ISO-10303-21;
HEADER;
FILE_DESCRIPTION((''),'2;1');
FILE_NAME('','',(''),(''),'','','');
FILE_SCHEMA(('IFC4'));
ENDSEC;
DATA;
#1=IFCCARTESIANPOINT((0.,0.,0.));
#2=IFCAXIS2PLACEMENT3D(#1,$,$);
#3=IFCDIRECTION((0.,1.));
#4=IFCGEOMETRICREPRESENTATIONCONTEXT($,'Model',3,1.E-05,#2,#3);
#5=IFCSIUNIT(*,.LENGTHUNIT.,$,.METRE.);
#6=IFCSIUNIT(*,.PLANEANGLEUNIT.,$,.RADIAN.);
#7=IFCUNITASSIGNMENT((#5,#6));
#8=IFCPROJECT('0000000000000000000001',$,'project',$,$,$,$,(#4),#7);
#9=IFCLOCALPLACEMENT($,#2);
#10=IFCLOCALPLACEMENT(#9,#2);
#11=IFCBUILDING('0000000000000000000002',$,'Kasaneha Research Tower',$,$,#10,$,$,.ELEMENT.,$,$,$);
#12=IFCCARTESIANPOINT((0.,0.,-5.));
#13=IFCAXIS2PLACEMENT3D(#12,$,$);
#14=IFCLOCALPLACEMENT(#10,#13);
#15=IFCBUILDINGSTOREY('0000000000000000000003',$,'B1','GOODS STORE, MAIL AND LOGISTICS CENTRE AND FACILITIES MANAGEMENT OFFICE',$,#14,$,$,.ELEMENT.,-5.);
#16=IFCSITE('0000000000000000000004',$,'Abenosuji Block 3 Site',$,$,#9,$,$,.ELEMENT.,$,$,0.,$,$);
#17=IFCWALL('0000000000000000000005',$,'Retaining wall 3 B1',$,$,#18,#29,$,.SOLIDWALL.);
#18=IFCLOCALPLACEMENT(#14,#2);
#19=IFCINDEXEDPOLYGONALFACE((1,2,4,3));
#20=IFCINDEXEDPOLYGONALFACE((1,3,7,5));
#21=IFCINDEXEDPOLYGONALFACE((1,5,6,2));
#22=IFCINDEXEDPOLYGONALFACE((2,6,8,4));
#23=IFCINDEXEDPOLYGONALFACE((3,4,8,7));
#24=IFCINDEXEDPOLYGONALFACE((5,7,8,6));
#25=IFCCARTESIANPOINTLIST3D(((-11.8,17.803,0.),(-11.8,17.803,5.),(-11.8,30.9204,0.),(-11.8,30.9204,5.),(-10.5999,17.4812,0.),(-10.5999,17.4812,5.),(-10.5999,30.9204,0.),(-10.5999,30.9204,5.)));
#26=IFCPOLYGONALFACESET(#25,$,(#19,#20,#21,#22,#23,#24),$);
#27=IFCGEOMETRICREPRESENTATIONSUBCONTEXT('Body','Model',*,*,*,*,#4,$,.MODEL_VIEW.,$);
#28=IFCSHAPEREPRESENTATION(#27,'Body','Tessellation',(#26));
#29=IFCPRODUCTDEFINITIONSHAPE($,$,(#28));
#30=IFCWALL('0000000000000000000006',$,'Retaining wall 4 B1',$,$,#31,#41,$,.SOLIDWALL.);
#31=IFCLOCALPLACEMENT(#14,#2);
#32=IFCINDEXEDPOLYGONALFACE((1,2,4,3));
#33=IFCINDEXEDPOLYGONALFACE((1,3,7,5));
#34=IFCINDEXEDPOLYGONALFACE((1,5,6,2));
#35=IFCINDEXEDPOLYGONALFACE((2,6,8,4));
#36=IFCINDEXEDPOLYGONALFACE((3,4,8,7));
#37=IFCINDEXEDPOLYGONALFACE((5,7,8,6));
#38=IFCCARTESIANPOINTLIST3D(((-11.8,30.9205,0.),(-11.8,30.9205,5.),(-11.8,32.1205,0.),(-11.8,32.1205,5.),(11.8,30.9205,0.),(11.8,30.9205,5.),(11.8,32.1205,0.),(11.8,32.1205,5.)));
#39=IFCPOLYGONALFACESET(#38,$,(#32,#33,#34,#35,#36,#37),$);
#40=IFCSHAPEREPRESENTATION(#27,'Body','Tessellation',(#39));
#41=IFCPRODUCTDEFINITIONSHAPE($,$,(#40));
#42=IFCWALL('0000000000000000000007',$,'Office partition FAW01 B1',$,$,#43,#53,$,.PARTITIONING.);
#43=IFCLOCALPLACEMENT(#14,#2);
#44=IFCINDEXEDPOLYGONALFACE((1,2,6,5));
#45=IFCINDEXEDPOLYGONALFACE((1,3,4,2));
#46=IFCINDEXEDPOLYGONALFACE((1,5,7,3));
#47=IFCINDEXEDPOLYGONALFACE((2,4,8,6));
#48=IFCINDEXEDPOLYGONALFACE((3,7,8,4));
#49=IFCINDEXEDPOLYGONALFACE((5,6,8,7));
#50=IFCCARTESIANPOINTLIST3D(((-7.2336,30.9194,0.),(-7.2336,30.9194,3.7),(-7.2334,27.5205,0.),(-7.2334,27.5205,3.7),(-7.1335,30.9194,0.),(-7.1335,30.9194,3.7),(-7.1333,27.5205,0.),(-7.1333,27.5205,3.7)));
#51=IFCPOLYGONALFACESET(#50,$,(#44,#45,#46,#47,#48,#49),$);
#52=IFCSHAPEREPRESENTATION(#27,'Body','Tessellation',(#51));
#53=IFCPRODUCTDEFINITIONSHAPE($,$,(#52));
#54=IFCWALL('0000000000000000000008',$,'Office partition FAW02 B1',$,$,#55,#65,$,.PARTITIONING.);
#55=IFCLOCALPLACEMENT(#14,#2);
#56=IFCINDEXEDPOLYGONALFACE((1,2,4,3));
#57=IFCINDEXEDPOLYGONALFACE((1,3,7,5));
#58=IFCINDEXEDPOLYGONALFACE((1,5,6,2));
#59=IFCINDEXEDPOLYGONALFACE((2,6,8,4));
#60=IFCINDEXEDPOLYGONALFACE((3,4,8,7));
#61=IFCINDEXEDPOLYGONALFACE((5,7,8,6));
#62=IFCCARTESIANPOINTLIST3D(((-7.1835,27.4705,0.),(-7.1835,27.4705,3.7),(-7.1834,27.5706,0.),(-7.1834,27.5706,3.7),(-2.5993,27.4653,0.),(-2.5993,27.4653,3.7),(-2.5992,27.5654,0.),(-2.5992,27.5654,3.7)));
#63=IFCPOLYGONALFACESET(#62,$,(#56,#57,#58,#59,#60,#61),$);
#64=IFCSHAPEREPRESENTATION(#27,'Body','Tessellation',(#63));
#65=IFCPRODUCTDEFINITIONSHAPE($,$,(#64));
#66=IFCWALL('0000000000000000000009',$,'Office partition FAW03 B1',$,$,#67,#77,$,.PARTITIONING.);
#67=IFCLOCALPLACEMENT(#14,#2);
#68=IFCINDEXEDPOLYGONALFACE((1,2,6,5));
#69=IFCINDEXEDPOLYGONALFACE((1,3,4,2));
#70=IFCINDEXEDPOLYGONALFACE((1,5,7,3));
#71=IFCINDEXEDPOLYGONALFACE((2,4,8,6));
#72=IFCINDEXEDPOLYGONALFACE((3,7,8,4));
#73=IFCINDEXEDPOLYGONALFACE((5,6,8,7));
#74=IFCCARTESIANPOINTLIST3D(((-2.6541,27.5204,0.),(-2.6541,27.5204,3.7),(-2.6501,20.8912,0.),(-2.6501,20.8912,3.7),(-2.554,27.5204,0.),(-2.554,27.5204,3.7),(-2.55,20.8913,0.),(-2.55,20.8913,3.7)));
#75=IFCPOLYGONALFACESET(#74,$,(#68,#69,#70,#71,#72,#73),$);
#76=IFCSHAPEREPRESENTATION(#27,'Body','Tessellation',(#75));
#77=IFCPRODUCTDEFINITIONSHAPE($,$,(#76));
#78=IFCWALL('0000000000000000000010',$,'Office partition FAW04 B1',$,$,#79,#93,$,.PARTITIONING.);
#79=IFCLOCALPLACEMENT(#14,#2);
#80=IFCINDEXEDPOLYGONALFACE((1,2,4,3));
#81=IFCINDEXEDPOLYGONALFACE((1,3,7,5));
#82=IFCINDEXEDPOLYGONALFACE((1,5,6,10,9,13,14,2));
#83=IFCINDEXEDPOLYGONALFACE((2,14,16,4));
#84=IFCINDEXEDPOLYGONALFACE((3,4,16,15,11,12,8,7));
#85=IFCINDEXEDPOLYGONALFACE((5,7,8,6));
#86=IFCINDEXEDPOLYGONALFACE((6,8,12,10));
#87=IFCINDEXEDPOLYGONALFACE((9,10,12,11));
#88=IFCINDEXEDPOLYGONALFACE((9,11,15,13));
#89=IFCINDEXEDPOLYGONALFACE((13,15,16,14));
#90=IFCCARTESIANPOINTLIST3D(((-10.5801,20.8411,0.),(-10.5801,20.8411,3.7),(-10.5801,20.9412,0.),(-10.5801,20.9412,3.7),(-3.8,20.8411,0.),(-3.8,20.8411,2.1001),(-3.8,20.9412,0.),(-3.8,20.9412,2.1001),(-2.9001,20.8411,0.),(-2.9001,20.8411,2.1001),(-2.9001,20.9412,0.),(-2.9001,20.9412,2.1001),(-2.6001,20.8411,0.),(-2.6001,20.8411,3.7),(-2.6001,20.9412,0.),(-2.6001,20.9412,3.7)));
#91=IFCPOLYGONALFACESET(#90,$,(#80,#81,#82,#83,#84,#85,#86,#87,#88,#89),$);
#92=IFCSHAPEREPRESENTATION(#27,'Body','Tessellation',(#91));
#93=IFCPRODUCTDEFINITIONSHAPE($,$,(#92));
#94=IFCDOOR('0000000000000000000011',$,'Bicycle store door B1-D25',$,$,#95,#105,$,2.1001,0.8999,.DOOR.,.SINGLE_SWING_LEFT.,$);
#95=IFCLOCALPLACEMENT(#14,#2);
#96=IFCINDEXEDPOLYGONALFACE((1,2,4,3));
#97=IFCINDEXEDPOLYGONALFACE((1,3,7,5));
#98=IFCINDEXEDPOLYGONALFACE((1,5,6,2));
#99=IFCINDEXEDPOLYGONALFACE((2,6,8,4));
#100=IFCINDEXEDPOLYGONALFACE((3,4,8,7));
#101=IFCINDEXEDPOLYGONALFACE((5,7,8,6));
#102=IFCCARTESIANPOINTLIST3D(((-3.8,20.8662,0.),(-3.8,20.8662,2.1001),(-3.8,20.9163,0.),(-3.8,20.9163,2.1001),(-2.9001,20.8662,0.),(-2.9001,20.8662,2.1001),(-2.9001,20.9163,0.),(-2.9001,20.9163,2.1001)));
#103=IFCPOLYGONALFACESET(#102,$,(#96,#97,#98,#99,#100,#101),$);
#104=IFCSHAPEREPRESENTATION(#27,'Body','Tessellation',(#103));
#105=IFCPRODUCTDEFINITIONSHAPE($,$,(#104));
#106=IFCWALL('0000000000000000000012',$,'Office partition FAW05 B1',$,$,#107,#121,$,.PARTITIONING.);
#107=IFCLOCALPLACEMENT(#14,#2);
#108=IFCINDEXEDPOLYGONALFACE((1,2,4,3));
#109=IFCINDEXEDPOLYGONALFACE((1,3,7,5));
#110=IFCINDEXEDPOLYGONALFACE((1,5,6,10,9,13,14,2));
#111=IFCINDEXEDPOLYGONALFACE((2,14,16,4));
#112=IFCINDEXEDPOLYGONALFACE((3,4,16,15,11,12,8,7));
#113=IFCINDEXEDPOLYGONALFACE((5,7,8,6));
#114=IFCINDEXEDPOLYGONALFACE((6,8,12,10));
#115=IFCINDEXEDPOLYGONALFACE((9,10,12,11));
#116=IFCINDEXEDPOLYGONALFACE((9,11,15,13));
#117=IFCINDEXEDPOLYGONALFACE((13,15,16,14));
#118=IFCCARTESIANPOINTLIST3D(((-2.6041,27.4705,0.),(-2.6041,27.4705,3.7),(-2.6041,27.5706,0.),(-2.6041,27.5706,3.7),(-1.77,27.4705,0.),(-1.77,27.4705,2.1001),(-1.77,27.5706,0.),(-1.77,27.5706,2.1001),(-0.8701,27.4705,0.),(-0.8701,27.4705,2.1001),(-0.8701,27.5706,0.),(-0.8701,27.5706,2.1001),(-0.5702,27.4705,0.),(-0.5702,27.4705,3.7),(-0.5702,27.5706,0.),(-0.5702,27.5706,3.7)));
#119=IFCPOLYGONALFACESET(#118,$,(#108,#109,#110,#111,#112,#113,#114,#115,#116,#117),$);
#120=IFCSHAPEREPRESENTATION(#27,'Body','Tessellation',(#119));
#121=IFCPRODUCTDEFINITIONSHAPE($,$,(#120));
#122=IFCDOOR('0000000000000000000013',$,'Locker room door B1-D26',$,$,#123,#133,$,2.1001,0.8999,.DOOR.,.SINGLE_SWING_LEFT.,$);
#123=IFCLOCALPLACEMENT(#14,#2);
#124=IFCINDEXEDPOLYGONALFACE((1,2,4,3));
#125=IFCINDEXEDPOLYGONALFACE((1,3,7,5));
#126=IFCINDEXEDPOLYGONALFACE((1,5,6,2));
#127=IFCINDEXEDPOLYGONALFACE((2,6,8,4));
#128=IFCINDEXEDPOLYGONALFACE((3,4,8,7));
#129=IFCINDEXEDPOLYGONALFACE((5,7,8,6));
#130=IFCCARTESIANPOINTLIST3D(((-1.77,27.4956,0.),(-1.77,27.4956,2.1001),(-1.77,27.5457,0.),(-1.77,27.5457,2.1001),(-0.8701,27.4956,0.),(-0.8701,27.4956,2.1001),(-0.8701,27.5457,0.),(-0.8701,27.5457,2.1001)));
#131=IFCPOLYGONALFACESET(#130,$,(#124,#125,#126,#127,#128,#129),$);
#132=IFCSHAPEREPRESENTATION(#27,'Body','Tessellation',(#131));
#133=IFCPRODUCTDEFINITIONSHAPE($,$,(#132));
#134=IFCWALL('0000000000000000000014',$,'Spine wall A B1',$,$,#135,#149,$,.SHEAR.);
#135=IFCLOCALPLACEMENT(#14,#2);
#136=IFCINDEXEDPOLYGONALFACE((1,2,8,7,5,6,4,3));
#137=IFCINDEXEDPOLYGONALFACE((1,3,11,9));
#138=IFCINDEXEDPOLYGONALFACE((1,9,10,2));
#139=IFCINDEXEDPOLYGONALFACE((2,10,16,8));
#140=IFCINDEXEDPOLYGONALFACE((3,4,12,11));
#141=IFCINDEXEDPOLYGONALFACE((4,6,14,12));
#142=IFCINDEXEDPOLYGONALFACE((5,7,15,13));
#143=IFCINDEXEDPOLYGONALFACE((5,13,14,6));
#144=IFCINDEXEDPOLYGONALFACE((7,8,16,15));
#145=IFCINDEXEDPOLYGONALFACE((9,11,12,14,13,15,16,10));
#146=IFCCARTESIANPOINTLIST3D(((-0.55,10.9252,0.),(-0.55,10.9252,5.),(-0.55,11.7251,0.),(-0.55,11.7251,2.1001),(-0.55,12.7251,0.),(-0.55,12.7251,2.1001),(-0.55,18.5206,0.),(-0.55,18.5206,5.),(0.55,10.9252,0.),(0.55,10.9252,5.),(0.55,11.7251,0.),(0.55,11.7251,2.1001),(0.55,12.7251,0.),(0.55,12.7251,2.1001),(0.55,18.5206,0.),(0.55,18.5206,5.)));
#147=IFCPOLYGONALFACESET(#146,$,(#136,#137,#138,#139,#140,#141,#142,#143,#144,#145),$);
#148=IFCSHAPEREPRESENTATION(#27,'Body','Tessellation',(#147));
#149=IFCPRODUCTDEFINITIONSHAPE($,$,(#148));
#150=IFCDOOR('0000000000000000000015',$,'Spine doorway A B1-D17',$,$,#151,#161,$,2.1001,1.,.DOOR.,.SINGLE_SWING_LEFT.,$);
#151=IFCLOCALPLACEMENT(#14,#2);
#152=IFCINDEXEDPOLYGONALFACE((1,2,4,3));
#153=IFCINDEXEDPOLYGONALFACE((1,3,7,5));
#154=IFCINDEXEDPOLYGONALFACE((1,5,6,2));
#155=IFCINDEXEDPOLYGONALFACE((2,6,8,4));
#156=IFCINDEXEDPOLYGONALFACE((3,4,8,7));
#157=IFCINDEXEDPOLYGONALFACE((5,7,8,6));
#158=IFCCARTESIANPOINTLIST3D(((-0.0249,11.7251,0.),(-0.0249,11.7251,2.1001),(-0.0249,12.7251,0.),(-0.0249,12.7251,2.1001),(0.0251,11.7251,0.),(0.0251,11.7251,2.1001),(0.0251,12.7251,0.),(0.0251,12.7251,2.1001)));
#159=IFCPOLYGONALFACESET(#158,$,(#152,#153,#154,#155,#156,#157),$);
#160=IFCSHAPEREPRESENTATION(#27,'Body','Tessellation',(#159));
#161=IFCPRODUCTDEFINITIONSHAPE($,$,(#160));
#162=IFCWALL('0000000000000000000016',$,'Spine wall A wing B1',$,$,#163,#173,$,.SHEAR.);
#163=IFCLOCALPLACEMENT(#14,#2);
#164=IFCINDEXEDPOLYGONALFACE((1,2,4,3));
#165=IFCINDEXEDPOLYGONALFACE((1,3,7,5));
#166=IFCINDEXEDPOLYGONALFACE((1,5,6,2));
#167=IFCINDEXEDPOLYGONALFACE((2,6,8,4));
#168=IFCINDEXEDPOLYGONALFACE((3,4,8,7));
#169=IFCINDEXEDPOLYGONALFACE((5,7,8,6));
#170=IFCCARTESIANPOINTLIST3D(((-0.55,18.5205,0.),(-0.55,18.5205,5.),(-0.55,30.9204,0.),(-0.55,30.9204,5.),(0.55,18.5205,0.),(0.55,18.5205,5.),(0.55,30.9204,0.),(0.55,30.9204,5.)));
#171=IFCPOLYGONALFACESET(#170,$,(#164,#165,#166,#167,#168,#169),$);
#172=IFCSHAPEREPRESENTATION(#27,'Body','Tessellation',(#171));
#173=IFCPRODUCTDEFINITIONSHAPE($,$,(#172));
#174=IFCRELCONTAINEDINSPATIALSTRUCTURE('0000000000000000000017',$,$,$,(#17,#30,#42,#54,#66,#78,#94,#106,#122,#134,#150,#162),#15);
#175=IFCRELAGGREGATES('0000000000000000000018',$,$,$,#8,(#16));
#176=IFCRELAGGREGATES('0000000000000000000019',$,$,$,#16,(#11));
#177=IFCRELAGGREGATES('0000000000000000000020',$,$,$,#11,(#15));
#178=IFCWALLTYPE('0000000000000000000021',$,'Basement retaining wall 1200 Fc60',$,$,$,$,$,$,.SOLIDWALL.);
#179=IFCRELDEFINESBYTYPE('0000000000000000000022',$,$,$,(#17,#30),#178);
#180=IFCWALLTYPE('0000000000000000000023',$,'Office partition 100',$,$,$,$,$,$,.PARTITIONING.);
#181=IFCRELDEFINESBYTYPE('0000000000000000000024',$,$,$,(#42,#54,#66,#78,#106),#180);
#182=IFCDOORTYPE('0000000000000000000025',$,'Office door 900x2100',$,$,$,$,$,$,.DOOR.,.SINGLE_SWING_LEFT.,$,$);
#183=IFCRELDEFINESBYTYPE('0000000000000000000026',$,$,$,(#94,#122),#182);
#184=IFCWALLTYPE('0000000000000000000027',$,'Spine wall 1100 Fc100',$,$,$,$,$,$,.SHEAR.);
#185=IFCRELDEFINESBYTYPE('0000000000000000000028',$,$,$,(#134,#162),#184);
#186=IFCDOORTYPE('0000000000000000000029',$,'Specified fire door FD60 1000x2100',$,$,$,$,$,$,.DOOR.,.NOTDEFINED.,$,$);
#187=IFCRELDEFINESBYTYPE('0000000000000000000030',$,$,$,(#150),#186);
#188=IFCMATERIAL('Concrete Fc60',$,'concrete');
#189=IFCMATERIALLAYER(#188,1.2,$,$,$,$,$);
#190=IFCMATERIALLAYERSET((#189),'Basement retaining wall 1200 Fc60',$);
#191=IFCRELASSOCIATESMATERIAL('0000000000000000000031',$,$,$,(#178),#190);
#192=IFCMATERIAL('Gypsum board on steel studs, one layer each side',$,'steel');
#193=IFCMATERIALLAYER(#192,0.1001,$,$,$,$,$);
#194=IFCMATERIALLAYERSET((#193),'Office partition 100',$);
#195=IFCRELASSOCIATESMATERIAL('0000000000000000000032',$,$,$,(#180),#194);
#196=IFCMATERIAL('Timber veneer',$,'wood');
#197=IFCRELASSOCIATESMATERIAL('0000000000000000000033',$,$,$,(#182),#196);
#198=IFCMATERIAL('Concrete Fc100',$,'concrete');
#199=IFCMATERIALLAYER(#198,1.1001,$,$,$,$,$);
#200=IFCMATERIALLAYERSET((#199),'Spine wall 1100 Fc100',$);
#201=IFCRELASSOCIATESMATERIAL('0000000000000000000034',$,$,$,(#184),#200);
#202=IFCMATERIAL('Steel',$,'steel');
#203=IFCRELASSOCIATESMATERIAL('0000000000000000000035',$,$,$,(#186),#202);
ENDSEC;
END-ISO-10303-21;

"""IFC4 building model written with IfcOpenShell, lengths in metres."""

from ifc_helpers import new_model, si_unit, direction, frame, frame_2d, origin, place, context, subcontext, project, spatial, polyline, rectangle, outline, extrude, material, layer, layer_set, type_object, element, fill, save


model = new_model("IFC4")

# Units and contexts
model_context = context("Model", 3, precision=1e-05, world=origin(), true_north=direction((0.0, 1.0)))
body_context = subcontext(model_context, "Body", "Model", "MODEL_VIEW")
ifc_project = project(units=[si_unit("LENGTHUNIT", "METRE"), si_unit("PLANEANGLEUNIT", "RADIAN")], contexts=[model_context])

# Site, building, storey
site_placement = place(None, origin())
site = spatial("IfcSite", under=ifc_project, at=site_placement, Name="Abenosuji Block 3 Site", CompositionType="ELEMENT", RefElevation=0.0)
building_placement = place(site_placement, origin())
building = spatial("IfcBuilding", under=site, at=building_placement, Name="Kasaneha Research Tower", CompositionType="ELEMENT")
storey_placement = place(building_placement, frame((0.0, 0.0, -5.0)))
storey = spatial("IfcBuildingStorey", under=building, at=storey_placement, Name="B1", Description="GOODS STORE, MAIL AND LOGISTICS CENTRE AND FACILITIES MANAGEMENT OFFICE", CompositionType="ELEMENT", Elevation=-5.0)

# Walls
ifc_material_1 = material(Name="Concrete Fc60", Category="concrete")
ifc_layer_1 = layer(ifc_material_1, 1.2)
ifc_layer_set_1 = layer_set([ifc_layer_1], Name="Basement retaining wall 1200 Fc60")
wall_type_1 = type_object("IfcWallType", Name="Basement retaining wall 1200 Fc60", PredefinedType="SOLIDWALL", material=ifc_layer_set_1)
wall_1_placement = place(storey_placement, frame((-11.2, 17.6421, 0.0), z_axis=(0.0, 0.0, 1.0), x_axis=(0.0, 1.0, 0.0)))
element("IfcWall", 1, at=wall_1_placement, inside=storey, type_object=wall_type_1, Name="Retaining wall 3 B1", PredefinedType="SOLIDWALL", context=body_context, shape_type="SweptSolid", body=[
    extrude(outline(polyline([(-0.1609, -0.6001), (13.2783, -0.6001), (13.2783, 0.6001), (0.1609, 0.6001), (-0.1609, -0.6001)])), origin(), (0.0, 0.0, 1.0), 5.0),
])
wall_2_placement = place(storey_placement, frame((-11.8, 31.5205, 0.0), z_axis=(0.0, 0.0, 1.0), x_axis=(1.0, 0.0, 0.0)))
element("IfcWall", 2, at=wall_2_placement, inside=storey, type_object=wall_type_1, Name="Retaining wall 4 B1", PredefinedType="SOLIDWALL", context=body_context, shape_type="SweptSolid", body=[
    extrude(rectangle(XDim=23.6001, YDim=1.2, at=frame_2d((11.8, 0.0))), origin(), (0.0, 0.0, 1.0), 5.0),
])
ifc_material_2 = material(Name="Gypsum board on steel studs, one layer each side", Category="steel")
ifc_layer_2 = layer(ifc_material_2, 0.1001)
ifc_layer_set_2 = layer_set([ifc_layer_2], Name="Office partition 100")
wall_type_2 = type_object("IfcWallType", Name="Office partition 100", PredefinedType="PARTITIONING", material=ifc_layer_set_2)
wall_3_placement = place(storey_placement, frame((-7.1836, 30.9194, 0.0), z_axis=(0.0, 0.0, 1.0), x_axis=(0.000072, -1.0, 0.0)))
element("IfcWall", 3, at=wall_3_placement, inside=storey, type_object=wall_type_2, Name="Office partition FAW01 B1", PredefinedType="PARTITIONING", context=body_context, shape_type="SweptSolid", body=[
    extrude(rectangle(XDim=3.3989, YDim=0.1001, at=frame_2d((1.6995, 0.0))), origin(), (0.0, 0.0, 1.0), 3.7),
])
wall_4_placement = place(storey_placement, frame((-7.1833, 27.5205, 0.0), z_axis=(0.0, 0.0, 1.0), x_axis=(0.999999, -0.001118, 0.0)))
element("IfcWall", 4, at=wall_4_placement, inside=storey, type_object=wall_type_2, Name="Office partition FAW02 B1", PredefinedType="PARTITIONING", context=body_context, shape_type="SweptSolid", body=[
    extrude(rectangle(XDim=4.5842, YDim=0.1001, at=frame_2d((2.292, 0.0))), origin(), (0.0, 0.0, 1.0), 3.7),
])
wall_5_placement = place(storey_placement, frame((-2.604, 27.5203, 0.0), z_axis=(0.0, 0.0, 1.0), x_axis=(0.000589, -1.0, 0.0)))
element("IfcWall", 5, at=wall_5_placement, inside=storey, type_object=wall_type_2, Name="Office partition FAW03 B1", PredefinedType="PARTITIONING", context=body_context, shape_type="SweptSolid", body=[
    extrude(rectangle(XDim=6.6292, YDim=0.1001, at=frame_2d((3.3145, 0.0))), origin(), (0.0, 0.0, 1.0), 3.7),
])

# Walls, openings, doors
wall_6_placement = place(storey_placement, frame((-2.6001, 20.8911, 0.0), z_axis=(0.0, 0.0, 1.0), x_axis=(-1.0, 0.0, 0.0)))
wall_6 = element("IfcWall", 6, at=wall_6_placement, inside=storey, type_object=wall_type_2, Name="Office partition FAW04 B1", PredefinedType="PARTITIONING", context=body_context, shape_type="SweptSolid", body=[
    extrude(rectangle(XDim=7.98, YDim=0.1001, at=frame_2d((3.99, 0.0))), origin(), (0.0, 0.0, 1.0), 3.7),
])
opening_1_placement = place(wall_6_placement, frame((0.3, 0.0, 0.0)))
opening_1 = element("IfcOpeningElement", 7, at=opening_1_placement, cuts=wall_6, PredefinedType="OPENING", context=body_context, shape_type="SweptSolid", body=[
    extrude(rectangle(XDim=0.8999, YDim=2.1001, at=frame_2d((0.45, 1.05))), frame((0.0, 0.0601, 0.0), z_axis=(0.0, -1.0, 0.0), x_axis=(1.0, 0.0, 0.0)), (0.0, 0.0, 1.0), 0.1201),
])
ifc_material_3 = material(Name="Timber veneer", Category="wood")
door_type_1 = type_object("IfcDoorType", Name="Office door 900x2100", OperationType="SINGLE_SWING_LEFT", PredefinedType="DOOR", material=ifc_material_3)
door_1_placement = place(opening_1_placement, origin())
door_1 = element("IfcDoor", 8, at=door_1_placement, inside=storey, type_object=door_type_1, Name="Bicycle store door B1-D25", OperationType="SINGLE_SWING_LEFT", OverallHeight=2.1001, OverallWidth=0.8999, PredefinedType="DOOR", context=body_context, shape_type="SweptSolid", body=[
    extrude(rectangle(XDim=0.8999, YDim=2.1001, at=frame_2d((0.45, 1.05))), frame((0.0, 0.0249, 0.0), z_axis=(0.0, -1.0, 0.0), x_axis=(1.0, 0.0, 0.0)), (0.0, 0.0, 1.0), 0.05),
])
fill(opening_1, door_1)
wall_7_placement = place(storey_placement, frame((-0.5701, 27.5205, 0.0), z_axis=(0.0, 0.0, 1.0), x_axis=(-1.0, 0.0, 0.0)))
wall_7 = element("IfcWall", 9, at=wall_7_placement, inside=storey, type_object=wall_type_2, Name="Office partition FAW05 B1", PredefinedType="PARTITIONING", context=body_context, shape_type="SweptSolid", body=[
    extrude(rectangle(XDim=2.0339, YDim=0.1001, at=frame_2d((1.0171, 0.0))), origin(), (0.0, 0.0, 1.0), 3.7),
])
opening_2_placement = place(wall_7_placement, frame((0.3, 0.0, 0.0)))
opening_2 = element("IfcOpeningElement", 10, at=opening_2_placement, cuts=wall_7, PredefinedType="OPENING", context=body_context, shape_type="SweptSolid", body=[
    extrude(rectangle(XDim=0.8999, YDim=2.1001, at=frame_2d((0.45, 1.05))), frame((0.0, 0.0601, 0.0), z_axis=(0.0, -1.0, 0.0), x_axis=(1.0, 0.0, 0.0)), (0.0, 0.0, 1.0), 0.1201),
])
door_2_placement = place(opening_2_placement, origin())
door_2 = element("IfcDoor", 11, at=door_2_placement, inside=storey, type_object=door_type_1, Name="Locker room door B1-D26", OperationType="SINGLE_SWING_LEFT", OverallHeight=2.1001, OverallWidth=0.8999, PredefinedType="DOOR", context=body_context, shape_type="SweptSolid", body=[
    extrude(rectangle(XDim=0.8999, YDim=2.1001, at=frame_2d((0.45, 1.05))), frame((0.0, 0.0249, 0.0), z_axis=(0.0, -1.0, 0.0), x_axis=(1.0, 0.0, 0.0)), (0.0, 0.0, 1.0), 0.05),
])
fill(opening_2, door_2)
ifc_material_4 = material(Name="Concrete Fc100", Category="concrete")
ifc_layer_3 = layer(ifc_material_4, 1.1001)
ifc_layer_set_3 = layer_set([ifc_layer_3], Name="Spine wall 1100 Fc100")
wall_type_3 = type_object("IfcWallType", Name="Spine wall 1100 Fc100", PredefinedType="SHEAR", material=ifc_layer_set_3)
wall_8_placement = place(storey_placement, frame((0.0, 10.925, 0.0), z_axis=(0.0, 0.0, 1.0), x_axis=(0.0, 1.0, 0.0)))
wall_8 = element("IfcWall", 12, at=wall_8_placement, inside=storey, type_object=wall_type_3, Name="Spine wall A B1", PredefinedType="SHEAR", context=body_context, shape_type="SweptSolid", body=[
    extrude(rectangle(XDim=7.5955, YDim=1.1001, at=frame_2d((3.7979, 0.0))), origin(), (0.0, 0.0, 1.0), 5.0),
])
opening_3_placement = place(wall_8_placement, frame((0.8, 0.0, 0.0)))
opening_3 = element("IfcOpeningElement", 13, at=opening_3_placement, cuts=wall_8, PredefinedType="OPENING", context=body_context, shape_type="SweptSolid", body=[
    extrude(rectangle(XDim=1.0, YDim=2.1001, at=frame_2d((0.5, 1.05))), frame((0.0, 0.5601, 0.0), z_axis=(0.0, -1.0, 0.0), x_axis=(1.0, 0.0, 0.0)), (0.0, 0.0, 1.0), 1.1201),
])
ifc_material_5 = material(Name="Steel", Category="steel")
door_type_2 = type_object("IfcDoorType", Name="Specified fire door FD60 1000x2100", OperationType="NOTDEFINED", PredefinedType="DOOR", material=ifc_material_5)
door_3_placement = place(opening_3_placement, origin())
door_3 = element("IfcDoor", 14, at=door_3_placement, inside=storey, type_object=door_type_2, Name="Spine doorway A B1-D17", OperationType="SINGLE_SWING_LEFT", OverallHeight=2.1001, OverallWidth=1.0, PredefinedType="DOOR", context=body_context, shape_type="SweptSolid", body=[
    extrude(rectangle(XDim=1.0, YDim=2.1001, at=frame_2d((0.5, 1.05))), frame((0.0, 0.0249, 0.0), z_axis=(0.0, -1.0, 0.0), x_axis=(1.0, 0.0, 0.0)), (0.0, 0.0, 1.0), 0.05),
])
fill(opening_3, door_3)

# Wall
wall_9_placement = place(storey_placement, frame((0.0, 18.5205, 0.0), z_axis=(0.0, 0.0, 1.0), x_axis=(0.0, 1.0, 0.0)))
element("IfcWall", 15, at=wall_9_placement, inside=storey, type_object=wall_type_3, Name="Spine wall A wing B1", PredefinedType="SHEAR", context=body_context, shape_type="SweptSolid", body=[
    extrude(rectangle(XDim=12.3999, YDim=1.1001, at=frame_2d((6.2, 0.0))), origin(), (0.0, 0.0, 1.0), 5.0),
])

save(model, "model.ifc")
